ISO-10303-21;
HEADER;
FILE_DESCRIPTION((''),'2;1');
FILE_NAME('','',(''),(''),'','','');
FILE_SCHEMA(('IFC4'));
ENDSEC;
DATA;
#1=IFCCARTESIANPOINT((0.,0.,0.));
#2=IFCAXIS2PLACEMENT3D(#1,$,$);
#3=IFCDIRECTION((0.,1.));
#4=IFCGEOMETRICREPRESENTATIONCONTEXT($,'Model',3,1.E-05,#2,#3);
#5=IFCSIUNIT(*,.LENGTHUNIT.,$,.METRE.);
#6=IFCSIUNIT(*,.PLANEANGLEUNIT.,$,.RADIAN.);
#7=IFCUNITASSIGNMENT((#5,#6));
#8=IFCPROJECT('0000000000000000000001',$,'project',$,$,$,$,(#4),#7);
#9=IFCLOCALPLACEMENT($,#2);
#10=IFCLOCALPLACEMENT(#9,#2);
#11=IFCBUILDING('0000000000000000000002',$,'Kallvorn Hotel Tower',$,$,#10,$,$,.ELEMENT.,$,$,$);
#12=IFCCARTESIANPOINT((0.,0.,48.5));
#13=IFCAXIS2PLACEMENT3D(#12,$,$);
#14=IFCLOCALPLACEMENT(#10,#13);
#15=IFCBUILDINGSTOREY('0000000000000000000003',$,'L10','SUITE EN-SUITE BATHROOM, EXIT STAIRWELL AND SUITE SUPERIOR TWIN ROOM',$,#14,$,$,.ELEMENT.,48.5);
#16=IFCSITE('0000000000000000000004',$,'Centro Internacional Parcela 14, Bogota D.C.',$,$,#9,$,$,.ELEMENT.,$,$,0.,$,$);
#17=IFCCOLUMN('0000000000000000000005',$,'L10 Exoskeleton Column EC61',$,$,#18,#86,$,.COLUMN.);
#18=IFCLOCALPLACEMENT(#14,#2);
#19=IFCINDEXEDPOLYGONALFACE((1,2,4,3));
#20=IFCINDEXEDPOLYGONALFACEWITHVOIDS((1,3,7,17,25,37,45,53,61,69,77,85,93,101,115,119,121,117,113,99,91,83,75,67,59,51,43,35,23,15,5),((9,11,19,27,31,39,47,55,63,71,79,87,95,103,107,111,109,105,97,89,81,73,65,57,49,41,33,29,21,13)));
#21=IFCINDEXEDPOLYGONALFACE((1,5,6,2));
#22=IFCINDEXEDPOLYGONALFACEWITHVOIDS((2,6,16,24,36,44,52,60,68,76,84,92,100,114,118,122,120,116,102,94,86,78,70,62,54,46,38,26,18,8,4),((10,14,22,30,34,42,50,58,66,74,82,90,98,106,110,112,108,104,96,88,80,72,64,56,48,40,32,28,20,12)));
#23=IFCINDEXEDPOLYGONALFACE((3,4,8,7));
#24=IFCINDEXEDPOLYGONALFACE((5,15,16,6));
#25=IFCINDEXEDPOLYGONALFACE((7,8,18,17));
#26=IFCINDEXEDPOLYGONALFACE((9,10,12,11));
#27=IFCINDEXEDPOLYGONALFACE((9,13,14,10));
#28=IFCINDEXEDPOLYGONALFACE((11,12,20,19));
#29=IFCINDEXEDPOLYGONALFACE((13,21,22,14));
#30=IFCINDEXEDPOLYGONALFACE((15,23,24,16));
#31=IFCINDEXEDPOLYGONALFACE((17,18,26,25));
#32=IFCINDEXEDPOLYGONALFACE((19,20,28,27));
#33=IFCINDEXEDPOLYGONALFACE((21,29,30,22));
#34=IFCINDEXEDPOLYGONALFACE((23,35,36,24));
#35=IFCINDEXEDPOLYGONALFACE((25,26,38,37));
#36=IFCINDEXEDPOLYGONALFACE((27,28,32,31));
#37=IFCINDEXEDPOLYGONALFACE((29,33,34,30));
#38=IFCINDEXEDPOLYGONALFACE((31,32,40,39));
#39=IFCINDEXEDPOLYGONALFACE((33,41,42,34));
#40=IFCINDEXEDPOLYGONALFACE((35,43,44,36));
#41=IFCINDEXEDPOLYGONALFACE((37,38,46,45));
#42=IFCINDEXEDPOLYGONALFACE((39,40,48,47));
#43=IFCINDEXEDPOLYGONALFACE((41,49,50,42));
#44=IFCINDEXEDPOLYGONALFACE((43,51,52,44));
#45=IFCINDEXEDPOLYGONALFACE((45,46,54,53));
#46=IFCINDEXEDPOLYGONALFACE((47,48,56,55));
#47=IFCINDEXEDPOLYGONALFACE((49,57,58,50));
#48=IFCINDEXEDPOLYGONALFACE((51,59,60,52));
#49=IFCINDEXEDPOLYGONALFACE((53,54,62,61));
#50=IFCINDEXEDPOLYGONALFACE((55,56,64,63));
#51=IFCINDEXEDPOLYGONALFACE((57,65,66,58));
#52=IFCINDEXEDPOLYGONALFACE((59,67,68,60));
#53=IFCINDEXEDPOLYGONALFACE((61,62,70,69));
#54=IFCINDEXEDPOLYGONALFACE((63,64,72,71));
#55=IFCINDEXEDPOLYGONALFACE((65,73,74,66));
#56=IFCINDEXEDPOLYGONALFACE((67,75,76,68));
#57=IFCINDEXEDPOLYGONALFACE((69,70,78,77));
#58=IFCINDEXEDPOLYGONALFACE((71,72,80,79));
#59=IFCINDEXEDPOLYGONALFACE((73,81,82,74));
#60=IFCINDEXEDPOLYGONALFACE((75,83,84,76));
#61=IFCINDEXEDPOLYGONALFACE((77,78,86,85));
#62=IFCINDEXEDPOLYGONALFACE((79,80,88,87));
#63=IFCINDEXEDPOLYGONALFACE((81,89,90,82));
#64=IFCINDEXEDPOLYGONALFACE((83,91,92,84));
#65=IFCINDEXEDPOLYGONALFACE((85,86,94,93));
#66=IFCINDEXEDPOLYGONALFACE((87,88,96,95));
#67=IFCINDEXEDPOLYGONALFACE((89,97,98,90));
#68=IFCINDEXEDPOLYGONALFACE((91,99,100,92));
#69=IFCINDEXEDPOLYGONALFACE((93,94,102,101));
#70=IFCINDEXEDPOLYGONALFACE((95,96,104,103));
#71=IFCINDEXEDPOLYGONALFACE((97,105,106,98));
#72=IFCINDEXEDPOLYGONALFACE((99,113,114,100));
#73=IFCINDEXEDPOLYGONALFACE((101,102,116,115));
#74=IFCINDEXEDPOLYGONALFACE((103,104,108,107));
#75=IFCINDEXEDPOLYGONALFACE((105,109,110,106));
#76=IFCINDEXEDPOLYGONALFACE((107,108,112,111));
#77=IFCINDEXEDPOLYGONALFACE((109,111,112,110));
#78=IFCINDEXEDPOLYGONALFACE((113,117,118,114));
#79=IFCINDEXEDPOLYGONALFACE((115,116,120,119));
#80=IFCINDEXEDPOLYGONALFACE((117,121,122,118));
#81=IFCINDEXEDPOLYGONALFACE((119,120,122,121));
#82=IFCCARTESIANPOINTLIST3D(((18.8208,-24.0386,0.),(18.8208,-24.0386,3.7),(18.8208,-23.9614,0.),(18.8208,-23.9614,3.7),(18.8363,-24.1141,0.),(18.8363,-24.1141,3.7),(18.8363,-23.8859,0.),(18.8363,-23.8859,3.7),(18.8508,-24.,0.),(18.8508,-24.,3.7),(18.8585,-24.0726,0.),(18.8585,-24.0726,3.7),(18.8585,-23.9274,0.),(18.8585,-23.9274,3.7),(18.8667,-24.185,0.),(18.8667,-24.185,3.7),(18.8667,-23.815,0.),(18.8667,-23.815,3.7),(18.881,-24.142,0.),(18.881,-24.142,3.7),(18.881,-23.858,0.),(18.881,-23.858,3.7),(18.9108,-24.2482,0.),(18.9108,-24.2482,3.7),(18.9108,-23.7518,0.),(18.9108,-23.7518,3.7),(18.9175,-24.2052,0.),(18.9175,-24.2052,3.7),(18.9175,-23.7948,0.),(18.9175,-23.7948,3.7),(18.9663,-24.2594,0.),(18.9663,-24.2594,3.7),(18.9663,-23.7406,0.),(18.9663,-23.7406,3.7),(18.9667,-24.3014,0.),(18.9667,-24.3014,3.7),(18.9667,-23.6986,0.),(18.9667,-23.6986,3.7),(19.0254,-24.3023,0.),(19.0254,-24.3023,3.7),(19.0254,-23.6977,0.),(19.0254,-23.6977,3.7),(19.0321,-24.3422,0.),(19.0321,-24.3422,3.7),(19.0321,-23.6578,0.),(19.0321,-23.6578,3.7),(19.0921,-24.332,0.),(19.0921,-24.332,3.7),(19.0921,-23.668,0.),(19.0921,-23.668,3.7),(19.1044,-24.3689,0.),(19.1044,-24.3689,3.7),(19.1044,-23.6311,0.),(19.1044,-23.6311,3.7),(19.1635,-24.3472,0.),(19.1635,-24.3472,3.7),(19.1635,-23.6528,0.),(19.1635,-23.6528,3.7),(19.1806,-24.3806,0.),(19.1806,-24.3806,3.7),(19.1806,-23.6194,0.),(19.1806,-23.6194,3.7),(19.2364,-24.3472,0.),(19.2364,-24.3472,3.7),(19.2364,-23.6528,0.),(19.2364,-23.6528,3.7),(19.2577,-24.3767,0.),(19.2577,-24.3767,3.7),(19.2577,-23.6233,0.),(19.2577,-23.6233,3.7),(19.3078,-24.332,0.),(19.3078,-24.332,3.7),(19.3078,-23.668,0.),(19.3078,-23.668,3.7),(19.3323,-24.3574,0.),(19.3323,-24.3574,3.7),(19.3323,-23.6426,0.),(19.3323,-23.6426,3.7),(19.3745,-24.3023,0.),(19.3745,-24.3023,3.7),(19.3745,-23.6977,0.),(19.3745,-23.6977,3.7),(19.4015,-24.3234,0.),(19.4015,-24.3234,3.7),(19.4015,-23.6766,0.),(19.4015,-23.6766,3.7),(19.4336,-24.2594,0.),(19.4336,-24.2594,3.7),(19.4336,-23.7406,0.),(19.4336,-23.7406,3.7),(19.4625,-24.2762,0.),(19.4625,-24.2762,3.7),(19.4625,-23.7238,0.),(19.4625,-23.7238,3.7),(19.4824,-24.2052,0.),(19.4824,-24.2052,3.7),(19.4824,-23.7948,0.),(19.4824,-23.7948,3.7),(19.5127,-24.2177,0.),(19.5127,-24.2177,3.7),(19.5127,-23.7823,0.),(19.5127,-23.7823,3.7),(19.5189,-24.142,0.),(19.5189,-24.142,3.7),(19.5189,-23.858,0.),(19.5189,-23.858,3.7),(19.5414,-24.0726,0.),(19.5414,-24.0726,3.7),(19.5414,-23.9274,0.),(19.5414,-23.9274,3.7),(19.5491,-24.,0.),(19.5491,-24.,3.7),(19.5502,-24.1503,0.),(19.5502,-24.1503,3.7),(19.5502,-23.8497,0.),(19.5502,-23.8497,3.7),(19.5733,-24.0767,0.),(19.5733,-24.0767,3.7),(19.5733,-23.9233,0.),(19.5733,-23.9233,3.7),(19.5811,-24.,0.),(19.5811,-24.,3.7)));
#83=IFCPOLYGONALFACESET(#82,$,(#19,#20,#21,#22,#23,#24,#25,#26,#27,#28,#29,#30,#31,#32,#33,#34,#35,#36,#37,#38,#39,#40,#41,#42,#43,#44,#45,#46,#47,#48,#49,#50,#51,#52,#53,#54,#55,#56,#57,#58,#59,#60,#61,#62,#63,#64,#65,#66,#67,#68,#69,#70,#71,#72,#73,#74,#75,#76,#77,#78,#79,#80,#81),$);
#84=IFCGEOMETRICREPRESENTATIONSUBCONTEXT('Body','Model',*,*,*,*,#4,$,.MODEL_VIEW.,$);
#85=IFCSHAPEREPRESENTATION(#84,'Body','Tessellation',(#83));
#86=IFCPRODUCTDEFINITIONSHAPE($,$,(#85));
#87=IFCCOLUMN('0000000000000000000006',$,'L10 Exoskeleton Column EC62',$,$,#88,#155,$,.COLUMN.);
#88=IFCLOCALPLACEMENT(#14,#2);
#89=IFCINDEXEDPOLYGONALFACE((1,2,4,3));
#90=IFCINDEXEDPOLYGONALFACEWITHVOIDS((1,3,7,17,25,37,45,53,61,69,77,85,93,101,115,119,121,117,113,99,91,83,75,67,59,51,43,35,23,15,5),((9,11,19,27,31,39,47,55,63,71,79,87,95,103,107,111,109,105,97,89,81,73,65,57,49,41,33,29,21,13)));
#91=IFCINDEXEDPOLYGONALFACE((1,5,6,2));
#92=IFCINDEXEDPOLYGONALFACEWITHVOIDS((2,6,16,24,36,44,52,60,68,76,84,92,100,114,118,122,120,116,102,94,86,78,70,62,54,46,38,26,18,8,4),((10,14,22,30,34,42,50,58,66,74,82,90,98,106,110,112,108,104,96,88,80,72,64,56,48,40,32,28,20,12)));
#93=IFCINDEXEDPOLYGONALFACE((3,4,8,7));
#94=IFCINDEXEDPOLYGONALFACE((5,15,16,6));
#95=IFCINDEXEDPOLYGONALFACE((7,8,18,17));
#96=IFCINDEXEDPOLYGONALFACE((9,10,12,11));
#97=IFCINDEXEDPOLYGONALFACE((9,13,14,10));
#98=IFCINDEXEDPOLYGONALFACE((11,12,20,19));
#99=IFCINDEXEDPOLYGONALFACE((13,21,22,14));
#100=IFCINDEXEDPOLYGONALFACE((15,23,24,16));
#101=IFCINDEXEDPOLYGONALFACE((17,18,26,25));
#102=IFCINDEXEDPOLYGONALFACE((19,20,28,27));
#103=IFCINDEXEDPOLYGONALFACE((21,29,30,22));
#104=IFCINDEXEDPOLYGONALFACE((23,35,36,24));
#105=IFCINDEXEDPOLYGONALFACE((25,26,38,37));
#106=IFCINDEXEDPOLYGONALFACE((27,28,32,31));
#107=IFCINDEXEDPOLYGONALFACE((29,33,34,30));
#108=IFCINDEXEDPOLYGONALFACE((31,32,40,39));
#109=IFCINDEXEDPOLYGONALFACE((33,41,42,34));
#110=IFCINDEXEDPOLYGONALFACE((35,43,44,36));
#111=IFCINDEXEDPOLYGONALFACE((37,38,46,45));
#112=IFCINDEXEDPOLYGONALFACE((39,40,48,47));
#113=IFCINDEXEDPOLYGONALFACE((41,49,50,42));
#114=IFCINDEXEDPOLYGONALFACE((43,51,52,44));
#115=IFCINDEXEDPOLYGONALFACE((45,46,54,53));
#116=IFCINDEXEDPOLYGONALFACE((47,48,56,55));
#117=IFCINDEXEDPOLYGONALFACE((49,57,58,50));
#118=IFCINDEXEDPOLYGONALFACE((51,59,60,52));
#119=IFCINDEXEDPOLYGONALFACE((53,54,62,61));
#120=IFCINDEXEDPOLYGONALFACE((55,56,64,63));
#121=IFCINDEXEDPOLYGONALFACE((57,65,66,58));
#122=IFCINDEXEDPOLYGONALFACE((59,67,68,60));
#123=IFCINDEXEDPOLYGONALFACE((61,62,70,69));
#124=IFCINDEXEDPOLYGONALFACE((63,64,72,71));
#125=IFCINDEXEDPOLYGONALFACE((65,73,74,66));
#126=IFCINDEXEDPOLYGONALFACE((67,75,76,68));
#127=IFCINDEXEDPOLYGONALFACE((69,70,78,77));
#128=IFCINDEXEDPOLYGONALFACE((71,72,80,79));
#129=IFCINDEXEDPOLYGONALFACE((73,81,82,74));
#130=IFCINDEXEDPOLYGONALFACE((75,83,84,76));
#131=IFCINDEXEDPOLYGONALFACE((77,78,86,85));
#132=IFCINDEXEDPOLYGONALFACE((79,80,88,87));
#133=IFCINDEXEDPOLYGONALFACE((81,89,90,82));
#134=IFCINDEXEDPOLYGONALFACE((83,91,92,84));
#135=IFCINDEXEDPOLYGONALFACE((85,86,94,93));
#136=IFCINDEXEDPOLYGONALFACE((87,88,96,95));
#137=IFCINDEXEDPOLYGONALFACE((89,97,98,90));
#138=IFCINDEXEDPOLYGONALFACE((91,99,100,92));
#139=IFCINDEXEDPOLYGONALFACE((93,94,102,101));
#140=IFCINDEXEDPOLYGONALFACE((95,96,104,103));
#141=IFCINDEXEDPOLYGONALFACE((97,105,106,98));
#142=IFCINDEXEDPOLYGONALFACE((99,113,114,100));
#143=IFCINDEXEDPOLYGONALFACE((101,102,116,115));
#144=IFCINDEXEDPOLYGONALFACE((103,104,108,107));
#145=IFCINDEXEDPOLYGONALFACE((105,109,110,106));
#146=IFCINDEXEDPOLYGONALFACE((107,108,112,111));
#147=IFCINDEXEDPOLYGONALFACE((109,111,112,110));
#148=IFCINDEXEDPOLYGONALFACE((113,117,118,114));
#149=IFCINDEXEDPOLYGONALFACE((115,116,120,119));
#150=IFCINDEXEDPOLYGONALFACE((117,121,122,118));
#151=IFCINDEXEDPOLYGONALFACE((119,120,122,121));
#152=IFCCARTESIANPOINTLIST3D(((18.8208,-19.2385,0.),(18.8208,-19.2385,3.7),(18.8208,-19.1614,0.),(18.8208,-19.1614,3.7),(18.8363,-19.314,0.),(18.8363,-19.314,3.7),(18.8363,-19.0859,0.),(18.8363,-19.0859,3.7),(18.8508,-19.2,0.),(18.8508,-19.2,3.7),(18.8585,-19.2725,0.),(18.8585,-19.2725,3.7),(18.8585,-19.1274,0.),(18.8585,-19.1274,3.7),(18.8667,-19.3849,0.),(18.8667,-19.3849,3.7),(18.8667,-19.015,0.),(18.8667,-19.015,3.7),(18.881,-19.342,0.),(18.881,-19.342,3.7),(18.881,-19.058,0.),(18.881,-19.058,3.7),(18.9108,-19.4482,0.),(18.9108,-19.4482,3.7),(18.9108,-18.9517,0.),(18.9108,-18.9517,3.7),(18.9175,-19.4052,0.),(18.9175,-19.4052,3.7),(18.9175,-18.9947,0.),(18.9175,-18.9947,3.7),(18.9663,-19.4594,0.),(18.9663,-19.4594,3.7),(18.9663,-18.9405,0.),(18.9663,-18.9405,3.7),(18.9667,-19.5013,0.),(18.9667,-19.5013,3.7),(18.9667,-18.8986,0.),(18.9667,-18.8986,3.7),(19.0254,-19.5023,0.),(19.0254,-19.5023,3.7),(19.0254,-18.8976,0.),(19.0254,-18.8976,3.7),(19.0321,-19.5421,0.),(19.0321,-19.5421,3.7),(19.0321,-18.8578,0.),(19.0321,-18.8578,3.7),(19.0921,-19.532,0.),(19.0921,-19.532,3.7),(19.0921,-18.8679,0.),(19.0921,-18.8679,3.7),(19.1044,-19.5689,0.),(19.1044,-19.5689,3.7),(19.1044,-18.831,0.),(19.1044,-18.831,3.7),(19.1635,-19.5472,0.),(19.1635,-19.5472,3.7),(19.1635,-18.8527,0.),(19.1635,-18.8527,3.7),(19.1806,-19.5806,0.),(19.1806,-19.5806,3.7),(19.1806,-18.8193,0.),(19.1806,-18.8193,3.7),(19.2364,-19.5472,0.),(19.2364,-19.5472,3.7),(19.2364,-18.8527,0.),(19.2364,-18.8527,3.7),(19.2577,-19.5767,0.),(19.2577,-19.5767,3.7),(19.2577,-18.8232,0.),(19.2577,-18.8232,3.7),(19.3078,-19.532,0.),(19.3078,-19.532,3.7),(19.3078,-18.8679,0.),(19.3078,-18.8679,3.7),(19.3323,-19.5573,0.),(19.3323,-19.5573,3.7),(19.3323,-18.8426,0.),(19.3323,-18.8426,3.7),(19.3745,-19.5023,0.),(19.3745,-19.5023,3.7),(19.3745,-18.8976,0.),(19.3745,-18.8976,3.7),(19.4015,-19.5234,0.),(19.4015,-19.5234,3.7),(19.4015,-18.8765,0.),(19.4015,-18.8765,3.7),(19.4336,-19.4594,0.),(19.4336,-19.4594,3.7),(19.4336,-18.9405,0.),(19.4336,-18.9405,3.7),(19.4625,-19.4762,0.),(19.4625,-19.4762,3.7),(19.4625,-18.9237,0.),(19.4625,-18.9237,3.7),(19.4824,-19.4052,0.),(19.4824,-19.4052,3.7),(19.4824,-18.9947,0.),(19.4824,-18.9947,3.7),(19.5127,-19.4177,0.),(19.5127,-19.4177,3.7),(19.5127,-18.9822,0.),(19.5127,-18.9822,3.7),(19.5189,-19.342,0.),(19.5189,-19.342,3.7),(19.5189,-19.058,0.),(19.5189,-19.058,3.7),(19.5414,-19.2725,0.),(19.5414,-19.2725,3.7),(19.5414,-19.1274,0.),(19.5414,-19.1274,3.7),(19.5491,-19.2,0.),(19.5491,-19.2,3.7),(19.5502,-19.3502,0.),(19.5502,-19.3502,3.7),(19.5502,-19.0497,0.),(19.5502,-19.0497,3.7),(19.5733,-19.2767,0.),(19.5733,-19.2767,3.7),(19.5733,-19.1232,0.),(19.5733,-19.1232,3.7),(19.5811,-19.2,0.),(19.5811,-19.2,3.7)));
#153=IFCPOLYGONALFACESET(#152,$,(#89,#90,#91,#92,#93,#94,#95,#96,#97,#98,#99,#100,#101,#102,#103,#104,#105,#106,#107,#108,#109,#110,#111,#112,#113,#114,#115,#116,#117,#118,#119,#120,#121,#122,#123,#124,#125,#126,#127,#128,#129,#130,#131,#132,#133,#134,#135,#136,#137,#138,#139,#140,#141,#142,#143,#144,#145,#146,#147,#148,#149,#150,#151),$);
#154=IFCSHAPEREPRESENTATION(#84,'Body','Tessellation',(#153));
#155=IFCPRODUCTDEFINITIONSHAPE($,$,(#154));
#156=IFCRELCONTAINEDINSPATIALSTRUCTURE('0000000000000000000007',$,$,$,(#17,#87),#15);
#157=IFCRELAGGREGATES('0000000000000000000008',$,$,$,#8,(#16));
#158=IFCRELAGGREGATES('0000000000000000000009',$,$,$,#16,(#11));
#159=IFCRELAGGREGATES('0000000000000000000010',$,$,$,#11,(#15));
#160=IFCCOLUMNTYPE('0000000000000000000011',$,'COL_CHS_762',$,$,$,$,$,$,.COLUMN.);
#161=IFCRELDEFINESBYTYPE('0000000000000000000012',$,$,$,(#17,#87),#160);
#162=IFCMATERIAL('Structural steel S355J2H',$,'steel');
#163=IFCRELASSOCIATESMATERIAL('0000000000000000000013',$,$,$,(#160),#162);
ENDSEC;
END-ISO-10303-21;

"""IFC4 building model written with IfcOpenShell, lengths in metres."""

from ifc_helpers import new_model, si_unit, direction, frame, origin, origin_2d, place, context, subcontext, project, spatial, hollow_circle, extrude, material, material_profile, profile_set, type_object, element, save


model = new_model("IFC4")

# Units and contexts
model_context = context("Model", 3, precision=1e-05, world=origin(), true_north=direction((0.0, 1.0)))
body_context = subcontext(model_context, "Body", "Model", "MODEL_VIEW")
ifc_project = project(units=[si_unit("LENGTHUNIT", "METRE"), si_unit("PLANEANGLEUNIT", "RADIAN")], contexts=[model_context])

# Site, building, storey
site_placement = place(None, origin())
site = spatial("IfcSite", under=ifc_project, at=site_placement, Name="Centro Internacional Parcela 14, Bogota D.C.", CompositionType="ELEMENT", RefElevation=0.0)
building_placement = place(site_placement, origin())
building = spatial("IfcBuilding", under=site, at=building_placement, Name="Kallvorn Hotel Tower", CompositionType="ELEMENT")
storey_placement = place(building_placement, frame((0.0, 0.0, 48.5)))
storey = spatial("IfcBuildingStorey", under=building, at=storey_placement, Name="L10", Description="SUITE EN-SUITE BATHROOM, EXIT STAIRWELL AND SUITE SUPERIOR TWIN ROOM", CompositionType="ELEMENT", Elevation=48.5)

# Columns
ifc_material_1 = material(Name="Structural steel S355J2H", Category="steel")
ifc_material_profile_1 = material_profile(ifc_material_1, hollow_circle(Radius=0.3811, WallThickness=0.032, at=origin_2d()), Name="CHS 762x32")
ifc_profile_set_1 = profile_set([ifc_material_profile_1], Name="Structural steel S355J2H")
column_type = type_object("IfcColumnType", Name="COL_CHS_762", PredefinedType="COLUMN", material=ifc_profile_set_1)
for number, where, z_axis, x_axis, name in (
    (1, (19.2, -24.0, 0.0), (0.0, 0.0, 1.0), (1.0, 0.0, 0.0), "L10 Exoskeleton Column EC61"),
    (2, (19.2, -19.2, 0.0), (0.0, 0.0, 1.0), (1.0, 0.0, 0.0), "L10 Exoskeleton Column EC62"),
):
    element("IfcColumn", number, at=place(storey_placement, frame(where, z_axis=z_axis, x_axis=x_axis)), inside=storey, type_object=column_type, Name=name, PredefinedType="COLUMN", context=body_context, shape_type="SweptSolid", body=[
        extrude(hollow_circle(Radius=0.3811, WallThickness=0.032, at=origin_2d()), origin(), (0.0, 0.0, 1.0), 3.7),
    ])

save(model, "model.ifc")
